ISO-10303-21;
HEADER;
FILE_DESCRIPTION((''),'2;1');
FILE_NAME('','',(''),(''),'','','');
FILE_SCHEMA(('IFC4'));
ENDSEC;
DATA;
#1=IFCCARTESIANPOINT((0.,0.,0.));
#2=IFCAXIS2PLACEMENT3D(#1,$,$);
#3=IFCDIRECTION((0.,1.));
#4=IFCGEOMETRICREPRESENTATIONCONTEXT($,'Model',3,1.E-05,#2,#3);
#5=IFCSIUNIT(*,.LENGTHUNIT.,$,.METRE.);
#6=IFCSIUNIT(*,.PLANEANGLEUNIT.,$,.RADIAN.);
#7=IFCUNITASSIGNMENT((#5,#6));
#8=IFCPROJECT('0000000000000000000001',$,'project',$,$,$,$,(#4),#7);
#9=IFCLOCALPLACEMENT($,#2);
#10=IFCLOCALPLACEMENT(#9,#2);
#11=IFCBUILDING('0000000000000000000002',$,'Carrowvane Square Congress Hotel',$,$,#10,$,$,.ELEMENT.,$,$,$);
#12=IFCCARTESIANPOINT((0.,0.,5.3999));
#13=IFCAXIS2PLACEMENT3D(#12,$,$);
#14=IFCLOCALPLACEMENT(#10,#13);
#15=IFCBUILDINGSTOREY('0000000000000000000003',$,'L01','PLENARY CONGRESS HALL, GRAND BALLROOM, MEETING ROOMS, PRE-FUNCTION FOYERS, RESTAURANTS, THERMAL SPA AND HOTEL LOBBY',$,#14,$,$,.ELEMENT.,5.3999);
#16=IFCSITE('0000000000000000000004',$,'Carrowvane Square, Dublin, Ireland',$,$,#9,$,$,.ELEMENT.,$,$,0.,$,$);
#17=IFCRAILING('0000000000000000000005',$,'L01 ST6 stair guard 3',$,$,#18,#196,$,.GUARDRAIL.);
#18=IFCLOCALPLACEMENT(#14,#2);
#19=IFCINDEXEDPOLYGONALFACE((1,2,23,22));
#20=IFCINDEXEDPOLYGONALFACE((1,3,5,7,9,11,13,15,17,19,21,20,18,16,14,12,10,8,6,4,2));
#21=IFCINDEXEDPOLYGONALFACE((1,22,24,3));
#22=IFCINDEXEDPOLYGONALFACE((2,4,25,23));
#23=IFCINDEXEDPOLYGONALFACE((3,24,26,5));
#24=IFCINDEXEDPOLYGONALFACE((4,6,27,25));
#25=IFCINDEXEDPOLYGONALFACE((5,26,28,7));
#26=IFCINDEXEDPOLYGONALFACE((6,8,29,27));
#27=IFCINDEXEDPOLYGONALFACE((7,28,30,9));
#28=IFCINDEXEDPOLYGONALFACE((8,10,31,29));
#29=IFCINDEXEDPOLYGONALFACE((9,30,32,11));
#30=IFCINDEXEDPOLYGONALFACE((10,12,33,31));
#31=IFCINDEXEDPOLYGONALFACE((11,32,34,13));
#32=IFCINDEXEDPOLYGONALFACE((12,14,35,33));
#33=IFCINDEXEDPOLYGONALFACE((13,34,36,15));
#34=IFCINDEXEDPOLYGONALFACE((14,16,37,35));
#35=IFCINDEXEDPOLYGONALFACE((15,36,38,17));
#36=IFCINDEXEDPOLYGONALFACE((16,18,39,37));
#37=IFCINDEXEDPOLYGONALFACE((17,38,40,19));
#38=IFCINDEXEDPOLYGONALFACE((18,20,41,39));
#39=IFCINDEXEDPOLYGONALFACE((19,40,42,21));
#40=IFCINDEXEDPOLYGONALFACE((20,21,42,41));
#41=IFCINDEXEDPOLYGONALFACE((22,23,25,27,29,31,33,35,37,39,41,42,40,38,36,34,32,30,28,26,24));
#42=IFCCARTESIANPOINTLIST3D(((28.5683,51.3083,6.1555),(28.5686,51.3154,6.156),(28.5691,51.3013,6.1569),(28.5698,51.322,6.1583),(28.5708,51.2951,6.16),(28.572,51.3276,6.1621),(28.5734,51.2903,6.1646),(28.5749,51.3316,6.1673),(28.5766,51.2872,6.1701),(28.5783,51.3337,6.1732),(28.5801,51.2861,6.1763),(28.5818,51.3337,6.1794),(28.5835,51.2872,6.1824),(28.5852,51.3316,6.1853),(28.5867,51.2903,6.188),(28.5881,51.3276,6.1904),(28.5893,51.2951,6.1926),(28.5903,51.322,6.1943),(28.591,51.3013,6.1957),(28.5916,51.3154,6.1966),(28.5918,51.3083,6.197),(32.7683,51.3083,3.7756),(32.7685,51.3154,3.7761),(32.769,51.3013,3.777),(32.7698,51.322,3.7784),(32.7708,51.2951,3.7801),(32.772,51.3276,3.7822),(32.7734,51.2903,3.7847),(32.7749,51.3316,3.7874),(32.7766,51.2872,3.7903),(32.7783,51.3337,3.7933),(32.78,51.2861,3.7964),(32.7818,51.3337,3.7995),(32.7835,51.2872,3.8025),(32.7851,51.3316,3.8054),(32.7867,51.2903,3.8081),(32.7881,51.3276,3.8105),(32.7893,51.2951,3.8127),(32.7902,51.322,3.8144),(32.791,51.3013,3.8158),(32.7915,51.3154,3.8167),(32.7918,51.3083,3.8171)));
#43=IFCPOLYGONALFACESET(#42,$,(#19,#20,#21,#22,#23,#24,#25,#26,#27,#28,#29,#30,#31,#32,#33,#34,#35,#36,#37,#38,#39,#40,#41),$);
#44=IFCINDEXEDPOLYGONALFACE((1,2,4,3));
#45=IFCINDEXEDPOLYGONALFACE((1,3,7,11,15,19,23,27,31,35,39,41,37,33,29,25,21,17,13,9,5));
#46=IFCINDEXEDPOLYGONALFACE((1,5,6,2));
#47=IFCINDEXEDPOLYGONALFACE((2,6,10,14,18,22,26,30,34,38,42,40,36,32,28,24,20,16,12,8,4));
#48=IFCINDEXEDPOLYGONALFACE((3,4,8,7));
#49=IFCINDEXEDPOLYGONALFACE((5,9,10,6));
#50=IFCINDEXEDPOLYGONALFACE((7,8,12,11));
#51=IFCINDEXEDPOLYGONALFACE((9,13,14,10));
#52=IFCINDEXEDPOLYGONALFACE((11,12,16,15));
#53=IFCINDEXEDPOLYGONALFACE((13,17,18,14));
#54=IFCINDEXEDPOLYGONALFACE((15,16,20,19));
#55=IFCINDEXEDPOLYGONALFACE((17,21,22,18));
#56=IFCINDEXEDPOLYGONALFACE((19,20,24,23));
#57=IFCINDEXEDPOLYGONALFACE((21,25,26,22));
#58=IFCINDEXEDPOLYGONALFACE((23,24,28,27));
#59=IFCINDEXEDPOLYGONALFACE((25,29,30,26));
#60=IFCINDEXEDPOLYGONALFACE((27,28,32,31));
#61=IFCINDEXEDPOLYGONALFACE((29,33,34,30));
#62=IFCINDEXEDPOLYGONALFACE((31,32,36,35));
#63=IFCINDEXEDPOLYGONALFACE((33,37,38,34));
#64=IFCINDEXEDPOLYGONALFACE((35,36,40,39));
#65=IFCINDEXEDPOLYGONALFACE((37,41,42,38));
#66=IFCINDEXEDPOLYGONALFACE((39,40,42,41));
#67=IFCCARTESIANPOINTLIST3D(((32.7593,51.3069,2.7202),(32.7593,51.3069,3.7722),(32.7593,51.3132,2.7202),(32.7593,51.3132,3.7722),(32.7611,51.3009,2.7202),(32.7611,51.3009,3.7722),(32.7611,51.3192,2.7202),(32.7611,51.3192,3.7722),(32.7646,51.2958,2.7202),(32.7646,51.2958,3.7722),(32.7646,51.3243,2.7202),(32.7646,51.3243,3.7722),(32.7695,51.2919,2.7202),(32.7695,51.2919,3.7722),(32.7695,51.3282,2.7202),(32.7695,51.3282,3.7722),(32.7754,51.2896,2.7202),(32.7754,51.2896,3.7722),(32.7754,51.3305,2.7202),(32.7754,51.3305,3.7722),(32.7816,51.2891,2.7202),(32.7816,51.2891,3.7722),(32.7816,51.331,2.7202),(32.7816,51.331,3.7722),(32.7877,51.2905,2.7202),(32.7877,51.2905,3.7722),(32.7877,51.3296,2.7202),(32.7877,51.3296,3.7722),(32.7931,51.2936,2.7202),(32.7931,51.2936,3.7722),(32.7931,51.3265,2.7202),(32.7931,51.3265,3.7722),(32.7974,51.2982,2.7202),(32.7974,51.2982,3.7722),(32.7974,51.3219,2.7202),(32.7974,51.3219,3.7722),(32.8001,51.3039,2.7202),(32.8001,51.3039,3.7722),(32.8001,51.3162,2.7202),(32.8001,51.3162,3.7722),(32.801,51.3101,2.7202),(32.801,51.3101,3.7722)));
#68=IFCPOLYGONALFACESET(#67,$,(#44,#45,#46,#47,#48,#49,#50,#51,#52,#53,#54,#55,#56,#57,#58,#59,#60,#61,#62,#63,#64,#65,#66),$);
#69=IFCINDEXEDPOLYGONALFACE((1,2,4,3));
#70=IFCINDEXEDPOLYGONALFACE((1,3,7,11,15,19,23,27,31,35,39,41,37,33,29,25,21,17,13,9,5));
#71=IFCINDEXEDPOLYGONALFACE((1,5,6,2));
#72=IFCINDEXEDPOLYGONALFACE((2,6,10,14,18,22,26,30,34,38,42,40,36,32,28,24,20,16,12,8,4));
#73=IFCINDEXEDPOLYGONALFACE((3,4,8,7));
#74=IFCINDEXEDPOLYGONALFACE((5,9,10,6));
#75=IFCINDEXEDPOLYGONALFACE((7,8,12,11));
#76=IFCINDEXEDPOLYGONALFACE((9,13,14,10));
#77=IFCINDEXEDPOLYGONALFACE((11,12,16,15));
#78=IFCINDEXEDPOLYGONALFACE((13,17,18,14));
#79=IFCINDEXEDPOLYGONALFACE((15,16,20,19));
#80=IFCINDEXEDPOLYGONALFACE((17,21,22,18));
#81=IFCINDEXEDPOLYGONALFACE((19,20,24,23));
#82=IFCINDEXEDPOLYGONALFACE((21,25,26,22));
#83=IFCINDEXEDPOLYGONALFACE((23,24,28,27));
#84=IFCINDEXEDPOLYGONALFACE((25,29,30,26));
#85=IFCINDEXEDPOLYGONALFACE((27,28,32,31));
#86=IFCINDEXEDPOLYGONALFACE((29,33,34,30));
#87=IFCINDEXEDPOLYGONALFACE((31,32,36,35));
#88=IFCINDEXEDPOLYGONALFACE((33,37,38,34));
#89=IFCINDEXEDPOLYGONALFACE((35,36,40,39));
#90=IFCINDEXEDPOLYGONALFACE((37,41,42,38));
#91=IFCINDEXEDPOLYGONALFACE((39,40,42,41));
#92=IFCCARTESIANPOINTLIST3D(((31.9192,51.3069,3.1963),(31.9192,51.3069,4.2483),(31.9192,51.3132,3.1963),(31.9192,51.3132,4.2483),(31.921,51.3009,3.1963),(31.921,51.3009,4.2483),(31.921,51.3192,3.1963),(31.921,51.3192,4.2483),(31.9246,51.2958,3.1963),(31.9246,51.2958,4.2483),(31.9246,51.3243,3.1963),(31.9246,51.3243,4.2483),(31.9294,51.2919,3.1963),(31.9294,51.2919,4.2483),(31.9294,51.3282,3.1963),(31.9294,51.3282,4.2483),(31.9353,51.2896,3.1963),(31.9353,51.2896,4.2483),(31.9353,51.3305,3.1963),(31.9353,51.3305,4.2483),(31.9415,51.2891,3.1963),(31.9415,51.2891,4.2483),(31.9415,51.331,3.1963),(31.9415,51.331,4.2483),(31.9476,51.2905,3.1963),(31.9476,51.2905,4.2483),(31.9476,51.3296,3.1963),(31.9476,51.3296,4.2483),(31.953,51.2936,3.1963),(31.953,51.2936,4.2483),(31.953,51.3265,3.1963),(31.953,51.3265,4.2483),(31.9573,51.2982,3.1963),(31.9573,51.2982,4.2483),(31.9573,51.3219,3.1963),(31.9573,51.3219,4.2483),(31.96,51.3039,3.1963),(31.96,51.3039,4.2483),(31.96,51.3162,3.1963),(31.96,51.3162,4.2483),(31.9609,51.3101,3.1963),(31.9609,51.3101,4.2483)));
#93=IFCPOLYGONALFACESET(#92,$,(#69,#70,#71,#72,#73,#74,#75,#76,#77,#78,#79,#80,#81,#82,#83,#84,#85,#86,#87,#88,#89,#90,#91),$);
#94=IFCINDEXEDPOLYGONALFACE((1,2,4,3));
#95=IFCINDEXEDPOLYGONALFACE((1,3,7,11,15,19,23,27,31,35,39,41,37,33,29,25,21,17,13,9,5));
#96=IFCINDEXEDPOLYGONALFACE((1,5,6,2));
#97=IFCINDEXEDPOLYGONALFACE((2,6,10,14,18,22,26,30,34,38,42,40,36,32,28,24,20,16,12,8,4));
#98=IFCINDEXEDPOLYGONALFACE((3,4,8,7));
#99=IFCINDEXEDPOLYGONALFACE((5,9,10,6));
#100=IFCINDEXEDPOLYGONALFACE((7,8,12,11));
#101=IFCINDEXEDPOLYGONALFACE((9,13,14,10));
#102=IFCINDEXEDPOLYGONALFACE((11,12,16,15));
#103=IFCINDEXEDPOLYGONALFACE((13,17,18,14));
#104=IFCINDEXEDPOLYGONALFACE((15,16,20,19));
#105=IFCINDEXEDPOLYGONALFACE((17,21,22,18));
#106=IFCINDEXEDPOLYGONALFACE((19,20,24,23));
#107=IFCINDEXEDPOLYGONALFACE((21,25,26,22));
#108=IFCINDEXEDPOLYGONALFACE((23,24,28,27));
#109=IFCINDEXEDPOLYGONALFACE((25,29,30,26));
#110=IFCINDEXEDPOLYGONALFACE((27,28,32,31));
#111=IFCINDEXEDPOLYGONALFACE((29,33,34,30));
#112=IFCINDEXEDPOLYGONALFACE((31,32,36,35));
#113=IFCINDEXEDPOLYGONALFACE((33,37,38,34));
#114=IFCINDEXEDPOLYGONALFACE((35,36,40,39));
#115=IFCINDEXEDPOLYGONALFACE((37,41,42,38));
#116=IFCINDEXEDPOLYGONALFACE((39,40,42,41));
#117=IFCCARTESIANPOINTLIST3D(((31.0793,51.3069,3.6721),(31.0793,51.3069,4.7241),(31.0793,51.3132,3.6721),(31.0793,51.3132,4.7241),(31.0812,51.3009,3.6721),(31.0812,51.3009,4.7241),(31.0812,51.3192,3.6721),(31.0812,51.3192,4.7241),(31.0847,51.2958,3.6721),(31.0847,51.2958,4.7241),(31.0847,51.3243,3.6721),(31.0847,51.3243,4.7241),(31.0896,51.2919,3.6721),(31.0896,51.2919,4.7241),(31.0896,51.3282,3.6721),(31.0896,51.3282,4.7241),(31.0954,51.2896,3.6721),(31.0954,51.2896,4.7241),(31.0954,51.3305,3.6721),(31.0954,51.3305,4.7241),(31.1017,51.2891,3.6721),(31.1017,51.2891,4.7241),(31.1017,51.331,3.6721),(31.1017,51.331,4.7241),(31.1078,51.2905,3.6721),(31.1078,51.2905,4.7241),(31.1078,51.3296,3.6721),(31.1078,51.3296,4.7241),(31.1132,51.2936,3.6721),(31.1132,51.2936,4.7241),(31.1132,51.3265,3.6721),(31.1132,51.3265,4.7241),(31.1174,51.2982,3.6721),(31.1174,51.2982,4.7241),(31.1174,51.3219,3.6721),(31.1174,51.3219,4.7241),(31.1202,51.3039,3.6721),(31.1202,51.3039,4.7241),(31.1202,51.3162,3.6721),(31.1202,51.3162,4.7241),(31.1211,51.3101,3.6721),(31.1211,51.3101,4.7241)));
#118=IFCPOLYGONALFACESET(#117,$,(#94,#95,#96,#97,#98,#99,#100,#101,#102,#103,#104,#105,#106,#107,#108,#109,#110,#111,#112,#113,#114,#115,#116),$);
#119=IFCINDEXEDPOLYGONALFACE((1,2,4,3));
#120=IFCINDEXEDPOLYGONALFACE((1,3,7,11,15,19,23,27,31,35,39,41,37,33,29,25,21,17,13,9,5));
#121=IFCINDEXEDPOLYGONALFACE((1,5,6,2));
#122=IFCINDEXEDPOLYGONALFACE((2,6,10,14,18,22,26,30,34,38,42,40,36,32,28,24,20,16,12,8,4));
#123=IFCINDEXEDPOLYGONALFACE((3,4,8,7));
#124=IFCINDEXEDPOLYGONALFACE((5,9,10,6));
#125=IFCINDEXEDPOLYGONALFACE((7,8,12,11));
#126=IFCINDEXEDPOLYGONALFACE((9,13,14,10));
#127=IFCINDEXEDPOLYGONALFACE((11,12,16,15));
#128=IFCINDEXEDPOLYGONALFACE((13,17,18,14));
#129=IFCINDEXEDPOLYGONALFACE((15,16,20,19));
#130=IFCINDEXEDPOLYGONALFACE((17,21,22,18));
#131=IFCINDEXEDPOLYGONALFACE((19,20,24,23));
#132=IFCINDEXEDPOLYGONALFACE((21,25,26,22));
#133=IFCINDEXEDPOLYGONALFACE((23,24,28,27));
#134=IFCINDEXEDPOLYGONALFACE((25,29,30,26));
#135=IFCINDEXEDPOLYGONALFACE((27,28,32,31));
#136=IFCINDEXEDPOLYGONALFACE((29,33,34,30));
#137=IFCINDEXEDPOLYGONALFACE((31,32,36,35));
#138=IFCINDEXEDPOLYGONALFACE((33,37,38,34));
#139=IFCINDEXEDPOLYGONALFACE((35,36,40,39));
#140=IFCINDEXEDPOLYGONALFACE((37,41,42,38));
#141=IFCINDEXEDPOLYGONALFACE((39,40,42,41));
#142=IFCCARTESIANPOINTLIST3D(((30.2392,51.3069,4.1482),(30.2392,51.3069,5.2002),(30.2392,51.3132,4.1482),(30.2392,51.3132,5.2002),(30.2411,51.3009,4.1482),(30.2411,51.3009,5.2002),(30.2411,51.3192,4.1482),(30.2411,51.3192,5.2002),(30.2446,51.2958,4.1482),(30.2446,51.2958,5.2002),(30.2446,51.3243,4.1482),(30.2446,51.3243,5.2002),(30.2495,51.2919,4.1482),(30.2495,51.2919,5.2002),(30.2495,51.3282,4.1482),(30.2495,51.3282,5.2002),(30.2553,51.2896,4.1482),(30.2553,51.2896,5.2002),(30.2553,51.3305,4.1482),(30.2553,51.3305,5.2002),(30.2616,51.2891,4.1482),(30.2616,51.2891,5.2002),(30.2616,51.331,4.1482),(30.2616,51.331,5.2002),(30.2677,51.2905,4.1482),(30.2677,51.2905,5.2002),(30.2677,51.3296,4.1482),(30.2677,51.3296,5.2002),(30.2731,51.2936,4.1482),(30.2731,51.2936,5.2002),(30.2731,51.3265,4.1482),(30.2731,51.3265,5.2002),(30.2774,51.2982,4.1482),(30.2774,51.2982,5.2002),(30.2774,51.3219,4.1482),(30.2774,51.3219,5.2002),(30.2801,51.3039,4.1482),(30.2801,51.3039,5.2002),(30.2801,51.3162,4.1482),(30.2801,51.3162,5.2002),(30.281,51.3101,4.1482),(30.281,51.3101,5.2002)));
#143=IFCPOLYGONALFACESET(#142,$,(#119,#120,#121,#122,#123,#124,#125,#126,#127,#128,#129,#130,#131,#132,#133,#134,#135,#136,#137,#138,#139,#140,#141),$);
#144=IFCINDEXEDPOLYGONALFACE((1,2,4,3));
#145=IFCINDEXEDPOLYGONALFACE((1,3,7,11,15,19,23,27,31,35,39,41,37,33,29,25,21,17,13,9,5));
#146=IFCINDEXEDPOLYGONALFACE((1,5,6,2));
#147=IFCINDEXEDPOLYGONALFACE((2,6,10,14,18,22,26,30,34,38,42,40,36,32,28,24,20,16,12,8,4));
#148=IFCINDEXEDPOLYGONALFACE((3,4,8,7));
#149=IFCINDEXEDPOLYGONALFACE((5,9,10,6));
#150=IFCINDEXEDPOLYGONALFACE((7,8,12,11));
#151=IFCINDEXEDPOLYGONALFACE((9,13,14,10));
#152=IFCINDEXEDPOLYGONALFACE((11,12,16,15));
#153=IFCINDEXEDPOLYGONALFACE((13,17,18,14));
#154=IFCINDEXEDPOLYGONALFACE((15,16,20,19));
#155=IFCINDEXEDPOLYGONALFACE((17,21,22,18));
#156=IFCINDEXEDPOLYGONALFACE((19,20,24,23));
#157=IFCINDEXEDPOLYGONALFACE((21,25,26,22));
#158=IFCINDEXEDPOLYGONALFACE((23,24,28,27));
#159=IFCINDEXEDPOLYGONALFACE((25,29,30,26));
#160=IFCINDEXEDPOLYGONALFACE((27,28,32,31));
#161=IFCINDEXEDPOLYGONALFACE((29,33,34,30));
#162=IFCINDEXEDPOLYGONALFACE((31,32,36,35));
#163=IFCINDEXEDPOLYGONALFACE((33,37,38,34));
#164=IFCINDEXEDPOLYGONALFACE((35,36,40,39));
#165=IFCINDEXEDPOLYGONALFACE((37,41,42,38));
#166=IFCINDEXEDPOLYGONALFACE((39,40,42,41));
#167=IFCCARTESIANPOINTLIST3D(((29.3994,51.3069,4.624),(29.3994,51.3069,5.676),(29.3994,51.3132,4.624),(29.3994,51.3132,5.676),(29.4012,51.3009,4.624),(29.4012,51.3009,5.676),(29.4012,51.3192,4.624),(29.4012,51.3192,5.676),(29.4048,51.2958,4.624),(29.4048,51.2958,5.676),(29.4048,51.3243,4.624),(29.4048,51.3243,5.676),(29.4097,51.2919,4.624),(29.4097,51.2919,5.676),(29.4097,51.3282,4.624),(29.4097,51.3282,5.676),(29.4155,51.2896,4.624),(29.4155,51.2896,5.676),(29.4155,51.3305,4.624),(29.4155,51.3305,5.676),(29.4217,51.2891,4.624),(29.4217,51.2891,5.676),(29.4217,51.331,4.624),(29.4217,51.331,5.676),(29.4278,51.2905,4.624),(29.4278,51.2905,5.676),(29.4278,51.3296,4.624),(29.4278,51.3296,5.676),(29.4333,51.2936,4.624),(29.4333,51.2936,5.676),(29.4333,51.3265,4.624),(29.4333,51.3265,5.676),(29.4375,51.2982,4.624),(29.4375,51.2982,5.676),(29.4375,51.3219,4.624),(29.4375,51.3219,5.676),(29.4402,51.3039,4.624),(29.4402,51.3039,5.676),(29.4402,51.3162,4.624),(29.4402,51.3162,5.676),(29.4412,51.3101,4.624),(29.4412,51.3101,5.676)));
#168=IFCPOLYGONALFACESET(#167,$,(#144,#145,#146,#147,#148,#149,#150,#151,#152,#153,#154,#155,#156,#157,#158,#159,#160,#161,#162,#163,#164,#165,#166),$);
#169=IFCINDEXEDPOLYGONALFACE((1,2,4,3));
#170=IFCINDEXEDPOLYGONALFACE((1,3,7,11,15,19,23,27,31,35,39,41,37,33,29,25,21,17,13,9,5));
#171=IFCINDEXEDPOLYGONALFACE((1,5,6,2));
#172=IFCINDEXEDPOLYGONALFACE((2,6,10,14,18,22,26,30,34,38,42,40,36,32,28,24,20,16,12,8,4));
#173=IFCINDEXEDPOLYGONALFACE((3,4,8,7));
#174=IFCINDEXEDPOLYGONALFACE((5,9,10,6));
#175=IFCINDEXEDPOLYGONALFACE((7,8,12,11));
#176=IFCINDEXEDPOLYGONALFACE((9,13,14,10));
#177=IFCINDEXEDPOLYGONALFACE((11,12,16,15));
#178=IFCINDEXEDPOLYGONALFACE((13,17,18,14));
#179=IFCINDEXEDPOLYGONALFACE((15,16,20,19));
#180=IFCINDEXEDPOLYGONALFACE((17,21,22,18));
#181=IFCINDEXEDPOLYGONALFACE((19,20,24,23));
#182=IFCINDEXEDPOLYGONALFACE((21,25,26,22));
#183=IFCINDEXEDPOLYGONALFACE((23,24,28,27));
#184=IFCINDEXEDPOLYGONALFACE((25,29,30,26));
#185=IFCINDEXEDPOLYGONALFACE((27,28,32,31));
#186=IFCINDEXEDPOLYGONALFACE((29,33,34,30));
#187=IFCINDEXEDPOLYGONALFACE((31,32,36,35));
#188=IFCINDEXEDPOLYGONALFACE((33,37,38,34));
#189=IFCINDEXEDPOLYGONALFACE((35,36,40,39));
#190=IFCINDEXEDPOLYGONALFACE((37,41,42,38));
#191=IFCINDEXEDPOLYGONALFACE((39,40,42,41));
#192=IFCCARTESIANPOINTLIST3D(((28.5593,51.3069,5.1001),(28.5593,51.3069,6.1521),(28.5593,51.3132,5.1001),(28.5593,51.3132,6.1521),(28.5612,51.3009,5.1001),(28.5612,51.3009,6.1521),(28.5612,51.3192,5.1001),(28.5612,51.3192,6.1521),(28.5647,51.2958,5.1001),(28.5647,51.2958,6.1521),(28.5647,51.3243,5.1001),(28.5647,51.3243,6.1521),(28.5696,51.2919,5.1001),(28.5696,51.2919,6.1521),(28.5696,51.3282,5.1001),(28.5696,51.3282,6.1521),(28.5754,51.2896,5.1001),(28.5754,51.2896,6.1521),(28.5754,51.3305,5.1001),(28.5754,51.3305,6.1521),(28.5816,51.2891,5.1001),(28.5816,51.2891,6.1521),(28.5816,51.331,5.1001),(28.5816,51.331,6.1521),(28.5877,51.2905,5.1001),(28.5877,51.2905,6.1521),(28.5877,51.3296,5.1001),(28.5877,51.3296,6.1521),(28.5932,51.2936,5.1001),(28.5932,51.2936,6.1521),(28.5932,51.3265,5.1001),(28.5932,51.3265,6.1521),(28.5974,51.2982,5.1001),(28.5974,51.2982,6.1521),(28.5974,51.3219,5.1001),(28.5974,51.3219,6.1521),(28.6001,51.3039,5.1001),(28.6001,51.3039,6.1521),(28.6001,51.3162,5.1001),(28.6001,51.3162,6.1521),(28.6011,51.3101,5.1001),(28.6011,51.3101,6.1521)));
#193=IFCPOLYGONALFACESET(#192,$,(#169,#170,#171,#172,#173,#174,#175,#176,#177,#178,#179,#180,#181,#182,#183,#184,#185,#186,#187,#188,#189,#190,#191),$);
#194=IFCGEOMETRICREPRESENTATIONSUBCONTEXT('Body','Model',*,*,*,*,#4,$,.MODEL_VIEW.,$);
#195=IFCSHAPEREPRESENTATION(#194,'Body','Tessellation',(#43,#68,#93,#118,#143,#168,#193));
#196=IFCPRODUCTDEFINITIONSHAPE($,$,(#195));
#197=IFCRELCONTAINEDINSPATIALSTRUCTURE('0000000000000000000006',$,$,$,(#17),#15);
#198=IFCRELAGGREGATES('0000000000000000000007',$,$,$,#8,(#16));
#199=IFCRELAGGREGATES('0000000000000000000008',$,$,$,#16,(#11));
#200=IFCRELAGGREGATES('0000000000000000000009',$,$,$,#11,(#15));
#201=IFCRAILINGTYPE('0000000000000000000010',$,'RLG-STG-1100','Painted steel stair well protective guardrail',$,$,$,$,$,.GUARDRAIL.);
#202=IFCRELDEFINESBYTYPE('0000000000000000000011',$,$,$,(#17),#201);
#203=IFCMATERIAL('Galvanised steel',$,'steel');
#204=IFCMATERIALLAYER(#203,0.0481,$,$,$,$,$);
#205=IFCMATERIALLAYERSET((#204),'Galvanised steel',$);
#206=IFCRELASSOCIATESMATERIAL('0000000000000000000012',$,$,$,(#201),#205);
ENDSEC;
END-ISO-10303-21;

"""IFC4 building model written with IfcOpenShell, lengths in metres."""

from ifc_helpers import new_model, si_unit, direction, frame, origin, origin_2d, place, context, subcontext, project, spatial, circle, extrude, material, layer, layer_set, type_object, element, save


model = new_model("IFC4")

# Units and contexts
model_context = context("Model", 3, precision=1e-05, world=origin(), true_north=direction((0.0, 1.0)))
body_context = subcontext(model_context, "Body", "Model", "MODEL_VIEW")
ifc_project = project(units=[si_unit("LENGTHUNIT", "METRE"), si_unit("PLANEANGLEUNIT", "RADIAN")], contexts=[model_context])

# Site, building, storey
site_placement = place(None, origin())
site = spatial("IfcSite", under=ifc_project, at=site_placement, Name="Carrowvane Square, Dublin, Ireland", CompositionType="ELEMENT", RefElevation=0.0)
building_placement = place(site_placement, origin())
building = spatial("IfcBuilding", under=site, at=building_placement, Name="Carrowvane Square Congress Hotel", CompositionType="ELEMENT")
storey_placement = place(building_placement, frame((0.0, 0.0, 5.3999)))
storey = spatial("IfcBuildingStorey", under=building, at=storey_placement, Name="L01", Description="PLENARY CONGRESS HALL, GRAND BALLROOM, MEETING ROOMS, PRE-FUNCTION FOYERS, RESTAURANTS, THERMAL SPA AND HOTEL LOBBY", CompositionType="ELEMENT", Elevation=5.3999)

# Railing
ifc_material_1 = material(Name="Galvanised steel", Category="steel")
ifc_layer_1 = layer(ifc_material_1, 0.0481)
ifc_layer_set_1 = layer_set([ifc_layer_1], Name="Galvanised steel")
railing_type_1 = type_object("IfcRailingType", Name="RLG-STG-1100", Description="Painted steel stair well protective guardrail", PredefinedType="GUARDRAIL", material=ifc_layer_set_1)
railing_1_placement = place(storey_placement, frame((32.78, 51.3101, 2.7202)))
element("IfcRailing", 1, at=railing_1_placement, inside=storey, type_object=railing_type_1, Name="L01 ST6 stair guard 3", PredefinedType="GUARDRAIL", context=body_context, shape_type="SweptSolid", body=[
    extrude(circle(Radius=0.0239, at=origin_2d()), frame((0.0, 0.0, 1.0762), z_axis=(-0.87003, 0.0, 0.492999), x_axis=(0.0, -1.0, 0.0)), (0.0, 0.0, 1.0), 4.8274),
    extrude(circle(Radius=0.021, at=origin_2d()), origin(), (0.0, 0.0, 1.0), 1.052),
    extrude(circle(Radius=0.021, at=origin_2d()), frame((-0.8401, 0.0, 0.4761)), (0.0, 0.0, 1.0), 1.052),
    extrude(circle(Radius=0.021, at=origin_2d()), frame((-1.6799, 0.0, 0.9519)), (0.0, 0.0, 1.0), 1.052),
    extrude(circle(Radius=0.021, at=origin_2d()), frame((-2.52, 0.0, 1.428)), (0.0, 0.0, 1.0), 1.052),
    extrude(circle(Radius=0.021, at=origin_2d()), frame((-3.3599, 0.0, 1.9038)), (0.0, 0.0, 1.0), 1.052),
    extrude(circle(Radius=0.021, at=origin_2d()), frame((-4.2, 0.0, 2.3799)), (0.0, 0.0, 1.0), 1.052),
])

save(model, "model.ifc")
